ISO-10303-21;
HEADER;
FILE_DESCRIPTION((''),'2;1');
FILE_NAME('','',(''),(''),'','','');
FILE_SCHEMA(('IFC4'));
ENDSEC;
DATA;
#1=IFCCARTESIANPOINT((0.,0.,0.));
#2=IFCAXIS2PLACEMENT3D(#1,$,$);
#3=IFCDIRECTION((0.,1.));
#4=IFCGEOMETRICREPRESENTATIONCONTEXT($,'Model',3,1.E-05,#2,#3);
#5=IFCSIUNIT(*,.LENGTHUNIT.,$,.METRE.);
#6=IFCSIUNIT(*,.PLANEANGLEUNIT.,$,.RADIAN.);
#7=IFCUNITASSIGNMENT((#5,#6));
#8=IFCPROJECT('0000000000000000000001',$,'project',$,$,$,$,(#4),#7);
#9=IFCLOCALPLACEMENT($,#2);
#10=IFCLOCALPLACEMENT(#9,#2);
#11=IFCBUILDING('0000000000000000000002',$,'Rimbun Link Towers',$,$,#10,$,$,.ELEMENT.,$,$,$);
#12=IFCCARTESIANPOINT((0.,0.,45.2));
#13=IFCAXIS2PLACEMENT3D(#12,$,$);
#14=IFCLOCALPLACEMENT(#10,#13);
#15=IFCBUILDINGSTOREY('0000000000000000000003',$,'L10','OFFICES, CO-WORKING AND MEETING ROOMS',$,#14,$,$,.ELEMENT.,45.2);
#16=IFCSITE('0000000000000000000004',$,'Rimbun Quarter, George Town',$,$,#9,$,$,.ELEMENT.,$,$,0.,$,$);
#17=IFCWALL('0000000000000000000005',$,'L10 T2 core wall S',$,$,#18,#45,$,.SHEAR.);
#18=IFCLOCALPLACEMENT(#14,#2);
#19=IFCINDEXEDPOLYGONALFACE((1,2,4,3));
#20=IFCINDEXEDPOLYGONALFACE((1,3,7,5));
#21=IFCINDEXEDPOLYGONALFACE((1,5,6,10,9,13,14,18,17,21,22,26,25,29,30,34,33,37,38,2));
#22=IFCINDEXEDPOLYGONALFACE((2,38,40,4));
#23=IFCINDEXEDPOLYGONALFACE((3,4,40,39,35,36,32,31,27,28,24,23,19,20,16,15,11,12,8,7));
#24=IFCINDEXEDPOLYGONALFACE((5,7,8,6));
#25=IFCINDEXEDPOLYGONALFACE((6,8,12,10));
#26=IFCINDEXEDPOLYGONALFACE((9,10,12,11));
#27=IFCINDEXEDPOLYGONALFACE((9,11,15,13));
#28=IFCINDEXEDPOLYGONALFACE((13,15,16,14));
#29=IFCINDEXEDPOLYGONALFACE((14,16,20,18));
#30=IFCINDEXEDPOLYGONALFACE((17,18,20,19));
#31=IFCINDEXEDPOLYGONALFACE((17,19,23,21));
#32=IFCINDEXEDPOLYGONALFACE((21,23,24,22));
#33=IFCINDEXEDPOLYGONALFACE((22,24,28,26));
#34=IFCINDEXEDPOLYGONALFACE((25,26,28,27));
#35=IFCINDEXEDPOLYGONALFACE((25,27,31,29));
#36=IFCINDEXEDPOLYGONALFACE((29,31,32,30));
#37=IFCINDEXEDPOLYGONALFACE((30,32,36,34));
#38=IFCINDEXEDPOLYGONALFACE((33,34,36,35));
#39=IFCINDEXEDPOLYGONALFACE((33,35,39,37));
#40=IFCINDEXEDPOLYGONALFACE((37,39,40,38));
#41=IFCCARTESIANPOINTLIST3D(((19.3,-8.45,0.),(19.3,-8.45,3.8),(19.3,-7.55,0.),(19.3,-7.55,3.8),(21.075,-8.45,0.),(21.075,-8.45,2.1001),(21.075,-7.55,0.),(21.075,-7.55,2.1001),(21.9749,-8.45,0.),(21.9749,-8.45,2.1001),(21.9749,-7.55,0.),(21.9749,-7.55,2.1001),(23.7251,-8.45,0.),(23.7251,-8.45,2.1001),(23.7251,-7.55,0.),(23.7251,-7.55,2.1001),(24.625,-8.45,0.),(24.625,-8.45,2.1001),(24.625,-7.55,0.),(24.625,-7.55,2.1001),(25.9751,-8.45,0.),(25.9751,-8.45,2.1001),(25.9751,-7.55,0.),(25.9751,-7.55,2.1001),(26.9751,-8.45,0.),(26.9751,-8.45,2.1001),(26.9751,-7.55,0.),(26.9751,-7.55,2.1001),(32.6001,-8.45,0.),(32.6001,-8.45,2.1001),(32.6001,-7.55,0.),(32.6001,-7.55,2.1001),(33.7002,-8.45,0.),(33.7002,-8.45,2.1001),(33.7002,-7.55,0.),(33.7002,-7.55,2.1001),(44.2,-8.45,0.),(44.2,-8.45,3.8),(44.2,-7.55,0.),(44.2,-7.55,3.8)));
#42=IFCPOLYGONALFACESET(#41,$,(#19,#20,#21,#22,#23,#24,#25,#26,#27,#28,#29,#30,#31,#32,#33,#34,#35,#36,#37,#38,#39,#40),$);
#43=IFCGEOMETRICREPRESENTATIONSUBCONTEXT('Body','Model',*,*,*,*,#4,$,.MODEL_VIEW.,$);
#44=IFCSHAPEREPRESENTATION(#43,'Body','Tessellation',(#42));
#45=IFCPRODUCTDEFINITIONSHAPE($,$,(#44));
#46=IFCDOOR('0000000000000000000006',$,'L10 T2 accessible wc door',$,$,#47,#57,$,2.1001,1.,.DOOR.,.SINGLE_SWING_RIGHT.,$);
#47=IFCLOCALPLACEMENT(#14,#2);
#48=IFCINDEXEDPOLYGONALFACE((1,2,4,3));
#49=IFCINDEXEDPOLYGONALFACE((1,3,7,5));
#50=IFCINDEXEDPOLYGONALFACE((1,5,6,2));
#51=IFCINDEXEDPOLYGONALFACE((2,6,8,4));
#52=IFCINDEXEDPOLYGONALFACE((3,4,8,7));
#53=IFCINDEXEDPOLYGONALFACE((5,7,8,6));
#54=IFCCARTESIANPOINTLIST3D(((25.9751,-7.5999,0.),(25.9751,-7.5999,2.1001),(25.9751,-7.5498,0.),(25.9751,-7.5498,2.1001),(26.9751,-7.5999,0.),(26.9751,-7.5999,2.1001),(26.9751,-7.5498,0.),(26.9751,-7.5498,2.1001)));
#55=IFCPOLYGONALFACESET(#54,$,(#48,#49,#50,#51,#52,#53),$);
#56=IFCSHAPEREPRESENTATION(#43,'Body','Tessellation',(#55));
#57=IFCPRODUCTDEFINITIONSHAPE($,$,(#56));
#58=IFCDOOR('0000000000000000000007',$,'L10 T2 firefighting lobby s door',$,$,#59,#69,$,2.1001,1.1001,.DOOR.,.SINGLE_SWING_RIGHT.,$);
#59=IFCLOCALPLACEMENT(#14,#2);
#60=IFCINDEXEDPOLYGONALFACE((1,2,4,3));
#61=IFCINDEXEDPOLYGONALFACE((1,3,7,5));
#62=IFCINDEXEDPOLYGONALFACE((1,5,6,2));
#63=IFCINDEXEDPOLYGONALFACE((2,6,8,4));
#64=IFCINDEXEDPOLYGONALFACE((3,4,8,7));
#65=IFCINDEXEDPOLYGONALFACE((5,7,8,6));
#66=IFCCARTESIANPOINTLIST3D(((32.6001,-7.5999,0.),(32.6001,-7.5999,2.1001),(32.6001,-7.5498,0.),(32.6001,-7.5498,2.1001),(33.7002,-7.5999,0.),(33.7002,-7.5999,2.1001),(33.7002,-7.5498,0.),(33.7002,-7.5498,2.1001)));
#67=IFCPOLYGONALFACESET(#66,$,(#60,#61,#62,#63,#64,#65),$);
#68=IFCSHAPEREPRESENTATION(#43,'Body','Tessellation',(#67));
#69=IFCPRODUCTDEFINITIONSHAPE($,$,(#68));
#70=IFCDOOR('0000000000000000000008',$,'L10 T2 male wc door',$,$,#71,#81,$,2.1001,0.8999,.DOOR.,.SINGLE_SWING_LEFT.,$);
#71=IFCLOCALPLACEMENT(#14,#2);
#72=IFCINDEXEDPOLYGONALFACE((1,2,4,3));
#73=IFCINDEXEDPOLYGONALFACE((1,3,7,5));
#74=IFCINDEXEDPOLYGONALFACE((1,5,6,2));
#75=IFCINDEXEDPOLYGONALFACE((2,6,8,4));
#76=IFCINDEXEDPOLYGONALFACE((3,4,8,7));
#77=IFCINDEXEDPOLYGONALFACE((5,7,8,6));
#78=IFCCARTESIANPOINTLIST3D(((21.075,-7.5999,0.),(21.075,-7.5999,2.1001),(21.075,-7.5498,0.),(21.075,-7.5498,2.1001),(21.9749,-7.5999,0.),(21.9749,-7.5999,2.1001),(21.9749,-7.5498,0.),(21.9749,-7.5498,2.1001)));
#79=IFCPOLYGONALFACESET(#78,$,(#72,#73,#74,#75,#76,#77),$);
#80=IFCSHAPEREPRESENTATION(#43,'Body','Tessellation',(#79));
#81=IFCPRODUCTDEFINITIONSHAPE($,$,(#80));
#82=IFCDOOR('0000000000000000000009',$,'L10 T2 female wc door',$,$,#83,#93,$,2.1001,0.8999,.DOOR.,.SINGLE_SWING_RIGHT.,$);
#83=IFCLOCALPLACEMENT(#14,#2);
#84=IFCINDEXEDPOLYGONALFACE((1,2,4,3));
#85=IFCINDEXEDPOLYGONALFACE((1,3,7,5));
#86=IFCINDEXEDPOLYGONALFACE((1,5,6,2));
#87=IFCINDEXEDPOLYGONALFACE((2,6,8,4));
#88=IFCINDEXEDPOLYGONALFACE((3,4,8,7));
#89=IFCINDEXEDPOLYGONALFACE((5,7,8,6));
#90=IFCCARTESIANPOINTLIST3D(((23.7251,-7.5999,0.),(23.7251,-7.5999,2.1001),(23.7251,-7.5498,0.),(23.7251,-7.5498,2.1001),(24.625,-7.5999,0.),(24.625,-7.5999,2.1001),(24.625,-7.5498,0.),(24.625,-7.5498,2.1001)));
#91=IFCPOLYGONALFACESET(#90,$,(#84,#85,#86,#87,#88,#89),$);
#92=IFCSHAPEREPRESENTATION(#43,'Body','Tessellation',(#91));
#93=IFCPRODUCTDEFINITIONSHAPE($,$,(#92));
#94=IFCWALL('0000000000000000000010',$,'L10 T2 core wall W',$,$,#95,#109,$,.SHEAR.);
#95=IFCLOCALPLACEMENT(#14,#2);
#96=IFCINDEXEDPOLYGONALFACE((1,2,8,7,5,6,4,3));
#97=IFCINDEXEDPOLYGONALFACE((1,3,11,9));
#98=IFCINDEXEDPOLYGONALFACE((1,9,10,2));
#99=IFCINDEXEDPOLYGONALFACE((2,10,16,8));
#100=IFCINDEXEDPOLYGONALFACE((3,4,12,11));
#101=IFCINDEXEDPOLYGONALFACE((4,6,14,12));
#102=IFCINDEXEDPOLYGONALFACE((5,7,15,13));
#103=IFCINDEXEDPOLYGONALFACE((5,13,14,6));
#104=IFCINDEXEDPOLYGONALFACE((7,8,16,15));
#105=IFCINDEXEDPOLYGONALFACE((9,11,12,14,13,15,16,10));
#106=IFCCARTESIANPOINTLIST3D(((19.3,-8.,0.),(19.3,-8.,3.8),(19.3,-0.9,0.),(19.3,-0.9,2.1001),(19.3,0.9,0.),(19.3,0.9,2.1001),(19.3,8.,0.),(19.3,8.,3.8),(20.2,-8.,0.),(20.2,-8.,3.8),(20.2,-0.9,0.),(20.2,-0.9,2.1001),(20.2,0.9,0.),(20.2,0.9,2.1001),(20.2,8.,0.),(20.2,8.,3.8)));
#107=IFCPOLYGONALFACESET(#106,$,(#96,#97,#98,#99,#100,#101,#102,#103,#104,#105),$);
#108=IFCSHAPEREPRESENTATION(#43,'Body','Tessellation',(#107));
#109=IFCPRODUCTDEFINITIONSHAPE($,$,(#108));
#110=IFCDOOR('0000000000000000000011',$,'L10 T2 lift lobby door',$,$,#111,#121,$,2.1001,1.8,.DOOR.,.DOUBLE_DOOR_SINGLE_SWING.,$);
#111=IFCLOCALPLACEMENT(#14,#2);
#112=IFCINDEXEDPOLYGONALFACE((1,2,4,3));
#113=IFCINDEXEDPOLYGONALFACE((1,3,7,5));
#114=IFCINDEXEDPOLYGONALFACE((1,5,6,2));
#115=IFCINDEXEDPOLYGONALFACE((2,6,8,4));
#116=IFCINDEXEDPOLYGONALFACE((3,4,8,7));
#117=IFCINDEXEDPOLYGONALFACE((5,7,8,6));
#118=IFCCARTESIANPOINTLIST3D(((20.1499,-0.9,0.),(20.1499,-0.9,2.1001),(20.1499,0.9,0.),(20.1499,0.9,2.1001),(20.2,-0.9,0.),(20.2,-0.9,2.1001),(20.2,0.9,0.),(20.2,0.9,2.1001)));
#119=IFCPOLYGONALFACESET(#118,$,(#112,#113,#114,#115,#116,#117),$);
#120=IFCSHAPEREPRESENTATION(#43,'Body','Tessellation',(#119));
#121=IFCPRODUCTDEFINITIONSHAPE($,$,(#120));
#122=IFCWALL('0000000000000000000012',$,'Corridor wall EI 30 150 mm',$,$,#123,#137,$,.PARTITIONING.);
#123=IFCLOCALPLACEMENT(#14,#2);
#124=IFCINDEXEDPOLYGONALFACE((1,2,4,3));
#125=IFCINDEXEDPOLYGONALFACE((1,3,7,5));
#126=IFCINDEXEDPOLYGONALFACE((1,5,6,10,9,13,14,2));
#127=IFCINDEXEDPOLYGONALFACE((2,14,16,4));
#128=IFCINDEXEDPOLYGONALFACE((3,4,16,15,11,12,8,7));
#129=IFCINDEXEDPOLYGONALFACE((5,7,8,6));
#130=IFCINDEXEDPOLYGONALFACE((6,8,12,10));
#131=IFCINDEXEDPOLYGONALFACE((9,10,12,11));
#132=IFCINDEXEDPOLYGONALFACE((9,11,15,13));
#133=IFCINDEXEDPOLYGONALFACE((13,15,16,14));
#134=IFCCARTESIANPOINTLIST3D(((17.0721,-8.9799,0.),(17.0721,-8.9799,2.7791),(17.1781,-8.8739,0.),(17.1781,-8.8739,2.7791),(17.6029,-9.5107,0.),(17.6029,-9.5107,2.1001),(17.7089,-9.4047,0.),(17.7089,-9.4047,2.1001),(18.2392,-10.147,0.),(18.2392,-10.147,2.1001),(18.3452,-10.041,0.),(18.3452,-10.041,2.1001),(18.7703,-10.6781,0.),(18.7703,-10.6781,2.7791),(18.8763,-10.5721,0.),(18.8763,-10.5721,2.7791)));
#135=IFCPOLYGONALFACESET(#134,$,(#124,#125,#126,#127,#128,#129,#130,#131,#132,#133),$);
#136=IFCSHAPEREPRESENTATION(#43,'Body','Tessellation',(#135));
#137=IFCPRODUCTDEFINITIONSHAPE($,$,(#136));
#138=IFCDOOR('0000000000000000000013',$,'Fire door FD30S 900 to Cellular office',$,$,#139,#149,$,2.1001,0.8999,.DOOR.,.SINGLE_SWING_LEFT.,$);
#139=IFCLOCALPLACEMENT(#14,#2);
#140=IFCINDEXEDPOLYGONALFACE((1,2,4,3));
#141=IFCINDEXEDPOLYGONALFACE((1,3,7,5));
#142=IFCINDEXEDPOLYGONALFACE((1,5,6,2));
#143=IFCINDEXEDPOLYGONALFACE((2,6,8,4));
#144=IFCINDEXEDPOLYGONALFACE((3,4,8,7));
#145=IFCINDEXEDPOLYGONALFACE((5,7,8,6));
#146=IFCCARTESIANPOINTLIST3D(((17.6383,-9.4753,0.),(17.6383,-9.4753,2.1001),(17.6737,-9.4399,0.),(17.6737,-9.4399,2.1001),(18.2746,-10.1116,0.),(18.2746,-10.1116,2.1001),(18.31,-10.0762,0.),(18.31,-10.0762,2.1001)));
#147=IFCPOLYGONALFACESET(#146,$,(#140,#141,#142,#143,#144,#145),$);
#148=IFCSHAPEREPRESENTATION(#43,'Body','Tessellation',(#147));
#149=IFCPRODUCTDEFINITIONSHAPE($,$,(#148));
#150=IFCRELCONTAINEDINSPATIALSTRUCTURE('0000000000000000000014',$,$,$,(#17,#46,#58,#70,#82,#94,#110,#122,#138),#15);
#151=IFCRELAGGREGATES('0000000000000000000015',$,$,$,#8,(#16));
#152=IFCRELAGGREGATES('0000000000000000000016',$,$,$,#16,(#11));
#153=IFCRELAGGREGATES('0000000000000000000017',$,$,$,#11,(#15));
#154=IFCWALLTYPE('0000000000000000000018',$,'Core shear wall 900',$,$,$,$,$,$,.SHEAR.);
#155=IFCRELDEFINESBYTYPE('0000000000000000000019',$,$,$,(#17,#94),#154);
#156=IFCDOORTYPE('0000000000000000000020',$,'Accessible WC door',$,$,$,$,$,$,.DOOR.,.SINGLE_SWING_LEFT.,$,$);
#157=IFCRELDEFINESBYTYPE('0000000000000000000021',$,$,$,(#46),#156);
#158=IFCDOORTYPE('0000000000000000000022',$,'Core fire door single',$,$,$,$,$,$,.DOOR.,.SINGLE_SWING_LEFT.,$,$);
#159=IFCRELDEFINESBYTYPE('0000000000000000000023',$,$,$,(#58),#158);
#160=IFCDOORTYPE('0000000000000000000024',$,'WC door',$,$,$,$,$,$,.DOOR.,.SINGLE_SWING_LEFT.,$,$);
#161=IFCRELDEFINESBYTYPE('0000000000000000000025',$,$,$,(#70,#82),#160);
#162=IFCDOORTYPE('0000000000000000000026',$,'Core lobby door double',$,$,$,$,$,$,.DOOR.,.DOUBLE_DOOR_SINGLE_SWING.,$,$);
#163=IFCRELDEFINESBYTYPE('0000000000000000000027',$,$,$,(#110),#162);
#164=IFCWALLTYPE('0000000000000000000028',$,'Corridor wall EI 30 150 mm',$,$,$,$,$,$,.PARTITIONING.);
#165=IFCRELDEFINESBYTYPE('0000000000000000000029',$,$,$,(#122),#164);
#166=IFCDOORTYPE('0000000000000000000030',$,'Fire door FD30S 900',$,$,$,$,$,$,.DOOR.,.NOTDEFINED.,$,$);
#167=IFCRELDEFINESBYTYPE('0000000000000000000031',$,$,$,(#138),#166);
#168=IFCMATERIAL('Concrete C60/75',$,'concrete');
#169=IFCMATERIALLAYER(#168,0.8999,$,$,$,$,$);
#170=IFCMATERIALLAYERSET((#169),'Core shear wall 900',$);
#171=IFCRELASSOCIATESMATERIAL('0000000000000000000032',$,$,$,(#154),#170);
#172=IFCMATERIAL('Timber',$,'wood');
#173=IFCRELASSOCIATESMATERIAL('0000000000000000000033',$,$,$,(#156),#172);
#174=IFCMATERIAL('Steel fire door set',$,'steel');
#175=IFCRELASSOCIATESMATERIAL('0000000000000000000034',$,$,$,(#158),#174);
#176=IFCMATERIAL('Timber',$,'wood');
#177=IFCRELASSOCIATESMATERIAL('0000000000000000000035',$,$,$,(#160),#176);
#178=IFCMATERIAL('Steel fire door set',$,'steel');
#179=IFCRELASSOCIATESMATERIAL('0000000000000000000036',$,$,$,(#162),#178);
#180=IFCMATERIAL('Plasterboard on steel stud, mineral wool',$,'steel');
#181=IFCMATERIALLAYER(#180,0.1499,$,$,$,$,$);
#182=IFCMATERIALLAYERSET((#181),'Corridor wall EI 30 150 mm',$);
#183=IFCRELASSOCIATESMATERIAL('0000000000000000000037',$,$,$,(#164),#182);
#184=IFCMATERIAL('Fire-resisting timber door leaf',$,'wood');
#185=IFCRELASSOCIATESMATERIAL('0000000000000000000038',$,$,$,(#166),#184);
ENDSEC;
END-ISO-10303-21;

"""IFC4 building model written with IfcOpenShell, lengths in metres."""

from ifc_helpers import new_model, si_unit, direction, frame, frame_2d, origin, place, context, subcontext, project, spatial, rectangle, extrude, material, layer, layer_set, type_object, element, fill, save


model = new_model("IFC4")

# Units and contexts
model_context = context("Model", 3, precision=1e-05, world=origin(), true_north=direction((0.0, 1.0)))
body_context = subcontext(model_context, "Body", "Model", "MODEL_VIEW")
ifc_project = project(units=[si_unit("LENGTHUNIT", "METRE"), si_unit("PLANEANGLEUNIT", "RADIAN")], contexts=[model_context])

# Site, building, storey
site_placement = place(None, origin())
site = spatial("IfcSite", under=ifc_project, at=site_placement, Name="Rimbun Quarter, George Town", CompositionType="ELEMENT", RefElevation=0.0)
building_placement = place(site_placement, origin())
building = spatial("IfcBuilding", under=site, at=building_placement, Name="Rimbun Link Towers", CompositionType="ELEMENT")
storey_placement = place(building_placement, frame((0.0, 0.0, 45.2)))
storey = spatial("IfcBuildingStorey", under=building, at=storey_placement, Name="L10", Description="OFFICES, CO-WORKING AND MEETING ROOMS", CompositionType="ELEMENT", Elevation=45.2)

# Wall, openings, doors
ifc_material_1 = material(Name="Concrete C60/75", Category="concrete")
ifc_layer_1 = layer(ifc_material_1, 0.8999)
ifc_layer_set_1 = layer_set([ifc_layer_1], Name="Core shear wall 900")
wall_type_1 = type_object("IfcWallType", Name="Core shear wall 900", PredefinedType="SHEAR", material=ifc_layer_set_1)
wall_1_placement = place(storey_placement, frame((19.3, -8.0, 0.0), z_axis=(0.0, 0.0, 1.0), x_axis=(1.0, 0.0, 0.0)))
wall_1 = element("IfcWall", 1, at=wall_1_placement, inside=storey, type_object=wall_type_1, Name="L10 T2 core wall S", PredefinedType="SHEAR", context=body_context, shape_type="SweptSolid", body=[
    extrude(rectangle(XDim=24.8999, YDim=0.8999, at=frame_2d((12.45, 0.0))), origin(), (0.0, 0.0, 1.0), 3.8),
])
opening_1_placement = place(wall_1_placement, frame((13.3, 0.0, 0.0)))
opening_1 = element("IfcOpeningElement", 2, at=opening_1_placement, cuts=wall_1, PredefinedType="OPENING", context=body_context, shape_type="SweptSolid", body=[
    extrude(rectangle(XDim=1.1001, YDim=2.1001, at=frame_2d((0.55, 1.05))), frame((0.0, 0.46, 0.0), z_axis=(0.0, -1.0, 0.0), x_axis=(1.0, 0.0, 0.0)), (0.0, 0.0, 1.0), 0.9199),
])
opening_2_placement = place(wall_1_placement, frame((1.7749, 0.0, 0.0)))
opening_2 = element("IfcOpeningElement", 3, at=opening_2_placement, cuts=wall_1, PredefinedType="OPENING", context=body_context, shape_type="SweptSolid", body=[
    extrude(rectangle(XDim=0.8999, YDim=2.1001, at=frame_2d((0.45, 1.05))), frame((0.0, 0.46, 0.0), z_axis=(0.0, -1.0, 0.0), x_axis=(1.0, 0.0, 0.0)), (0.0, 0.0, 1.0), 0.9199),
])
opening_3_placement = place(wall_1_placement, frame((4.425, 0.0, 0.0)))
opening_3 = element("IfcOpeningElement", 4, at=opening_3_placement, cuts=wall_1, PredefinedType="OPENING", context=body_context, shape_type="SweptSolid", body=[
    extrude(rectangle(XDim=0.8999, YDim=2.1001, at=frame_2d((0.45, 1.05))), frame((0.0, 0.46, 0.0), z_axis=(0.0, -1.0, 0.0), x_axis=(1.0, 0.0, 0.0)), (0.0, 0.0, 1.0), 0.9199),
])
opening_4_placement = place(wall_1_placement, frame((6.675, 0.0, 0.0)))
opening_4 = element("IfcOpeningElement", 5, at=opening_4_placement, cuts=wall_1, PredefinedType="OPENING", context=body_context, shape_type="SweptSolid", body=[
    extrude(rectangle(XDim=1.0, YDim=2.1001, at=frame_2d((0.5, 1.05))), frame((0.0, 0.46, 0.0), z_axis=(0.0, -1.0, 0.0), x_axis=(1.0, 0.0, 0.0)), (0.0, 0.0, 1.0), 0.9199),
])
ifc_material_2 = material(Name="Timber", Category="wood")
door_type_1 = type_object("IfcDoorType", Name="Accessible WC door", OperationType="SINGLE_SWING_LEFT", PredefinedType="DOOR", material=ifc_material_2)
door_1_placement = place(opening_4_placement, origin())
door_1 = element("IfcDoor", 6, at=door_1_placement, inside=storey, type_object=door_type_1, Name="L10 T2 accessible wc door", OperationType="SINGLE_SWING_RIGHT", OverallHeight=2.1001, OverallWidth=1.0, PredefinedType="DOOR", context=body_context, shape_type="SweptSolid", body=[
    extrude(rectangle(XDim=1.0, YDim=2.1001, at=frame_2d((0.5, 1.05))), frame((0.0, 0.4502, 0.0), z_axis=(0.0, -1.0, 0.0), x_axis=(1.0, 0.0, 0.0)), (0.0, 0.0, 1.0), 0.05),
])
fill(opening_4, door_1)
ifc_material_3 = material(Name="Steel fire door set", Category="steel")
door_type_2 = type_object("IfcDoorType", Name="Core fire door single", OperationType="SINGLE_SWING_LEFT", PredefinedType="DOOR", material=ifc_material_3)
door_2_placement = place(opening_1_placement, origin())
door_2 = element("IfcDoor", 7, at=door_2_placement, inside=storey, type_object=door_type_2, Name="L10 T2 firefighting lobby s door", OperationType="SINGLE_SWING_RIGHT", OverallHeight=2.1001, OverallWidth=1.1001, PredefinedType="DOOR", context=body_context, shape_type="SweptSolid", body=[
    extrude(rectangle(XDim=1.1001, YDim=2.1001, at=frame_2d((0.55, 1.05))), frame((0.0, 0.4502, 0.0), z_axis=(0.0, -1.0, 0.0), x_axis=(1.0, 0.0, 0.0)), (0.0, 0.0, 1.0), 0.05),
])
fill(opening_1, door_2)
ifc_material_4 = material(Name="Timber", Category="wood")
door_type_3 = type_object("IfcDoorType", Name="WC door", OperationType="SINGLE_SWING_LEFT", PredefinedType="DOOR", material=ifc_material_4)
door_3_placement = place(opening_2_placement, origin())
door_3 = element("IfcDoor", 8, at=door_3_placement, inside=storey, type_object=door_type_3, Name="L10 T2 male wc door", OperationType="SINGLE_SWING_LEFT", OverallHeight=2.1001, OverallWidth=0.8999, PredefinedType="DOOR", context=body_context, shape_type="SweptSolid", body=[
    extrude(rectangle(XDim=0.8999, YDim=2.1001, at=frame_2d((0.45, 1.05))), frame((0.0, 0.4502, 0.0), z_axis=(0.0, -1.0, 0.0), x_axis=(1.0, 0.0, 0.0)), (0.0, 0.0, 1.0), 0.05),
])
fill(opening_2, door_3)
door_4_placement = place(opening_3_placement, origin())
door_4 = element("IfcDoor", 9, at=door_4_placement, inside=storey, type_object=door_type_3, Name="L10 T2 female wc door", OperationType="SINGLE_SWING_RIGHT", OverallHeight=2.1001, OverallWidth=0.8999, PredefinedType="DOOR", context=body_context, shape_type="SweptSolid", body=[
    extrude(rectangle(XDim=0.8999, YDim=2.1001, at=frame_2d((0.45, 1.05))), frame((0.0, 0.4502, 0.0), z_axis=(0.0, -1.0, 0.0), x_axis=(1.0, 0.0, 0.0)), (0.0, 0.0, 1.0), 0.05),
])
fill(opening_3, door_4)

# Walls, openings, doors
wall_2_placement = place(storey_placement, frame((19.75, -8.0, 0.0), z_axis=(0.0, 0.0, 1.0), x_axis=(0.0, 1.0, 0.0)))
wall_2 = element("IfcWall", 10, at=wall_2_placement, inside=storey, type_object=wall_type_1, Name="L10 T2 core wall W", PredefinedType="SHEAR", context=body_context, shape_type="SweptSolid", body=[
    extrude(rectangle(XDim=16.0, YDim=0.8999, at=frame_2d((8.0, 0.0))), origin(), (0.0, 0.0, 1.0), 3.8),
])
opening_5_placement = place(wall_2_placement, frame((7.1001, 0.0, 0.0)))
opening_5 = element("IfcOpeningElement", 11, at=opening_5_placement, cuts=wall_2, PredefinedType="OPENING", context=body_context, shape_type="SweptSolid", body=[
    extrude(rectangle(XDim=1.8, YDim=2.1001, at=frame_2d((0.8999, 1.05))), frame((0.0, 0.46, 0.0), z_axis=(0.0, -1.0, 0.0), x_axis=(1.0, 0.0, 0.0)), (0.0, 0.0, 1.0), 0.9199),
])
ifc_material_5 = material(Name="Steel fire door set", Category="steel")
door_type_4 = type_object("IfcDoorType", Name="Core lobby door double", OperationType="DOUBLE_DOOR_SINGLE_SWING", PredefinedType="DOOR", material=ifc_material_5)
door_5_placement = place(opening_5_placement, origin())
door_5 = element("IfcDoor", 12, at=door_5_placement, inside=storey, type_object=door_type_4, Name="L10 T2 lift lobby door", OperationType="DOUBLE_DOOR_SINGLE_SWING", OverallHeight=2.1001, OverallWidth=1.8, PredefinedType="DOOR", context=body_context, shape_type="SweptSolid", body=[
    extrude(rectangle(XDim=1.8, YDim=2.1001, at=frame_2d((0.8999, 1.05))), frame((0.0, -0.3999, 0.0), z_axis=(0.0, -1.0, 0.0), x_axis=(1.0, 0.0, 0.0)), (0.0, 0.0, 1.0), 0.05),
])
fill(opening_5, door_5)
ifc_material_6 = material(Name="Plasterboard on steel stud, mineral wool", Category="steel")
ifc_layer_2 = layer(ifc_material_6, 0.1499)
ifc_layer_set_2 = layer_set([ifc_layer_2], Name="Corridor wall EI 30 150 mm")
wall_type_2 = type_object("IfcWallType", Name="Corridor wall EI 30 150 mm", PredefinedType="PARTITIONING", material=ifc_layer_set_2)
wall_3_placement = place(storey_placement, frame((18.8232, -10.625, 0.0), z_axis=(0.0, 0.0, 1.0), x_axis=(-0.707107, 0.707107, 0.0)))
wall_3 = element("IfcWall", 13, at=wall_3_placement, inside=storey, type_object=wall_type_2, Name="Corridor wall EI 30 150 mm", PredefinedType="PARTITIONING", context=body_context, shape_type="SweptSolid", body=[
    extrude(rectangle(XDim=2.4016, YDim=0.1499, at=frame_2d((1.2007, 0.0))), origin(), (0.0, 0.0, 1.0), 2.7791),
])
opening_6_placement = place(wall_3_placement, frame((0.751, 0.0, 0.0)))
opening_6 = element("IfcOpeningElement", 14, at=opening_6_placement, cuts=wall_3, PredefinedType="OPENING", context=body_context, shape_type="SweptSolid", body=[
    extrude(rectangle(XDim=0.8999, YDim=2.1001, at=frame_2d((0.45, 1.05))), frame((0.0, 0.085, 0.0), z_axis=(0.0, -1.0, 0.0), x_axis=(1.0, 0.0, 0.0)), (0.0, 0.0, 1.0), 0.1699),
])
ifc_material_7 = material(Name="Fire-resisting timber door leaf", Category="wood")
door_type_5 = type_object("IfcDoorType", Name="Fire door FD30S 900", OperationType="NOTDEFINED", PredefinedType="DOOR", material=ifc_material_7)
door_6_placement = place(opening_6_placement, origin())
door_6 = element("IfcDoor", 15, at=door_6_placement, inside=storey, type_object=door_type_5, Name="Fire door FD30S 900 to Cellular office", OperationType="SINGLE_SWING_LEFT", OverallHeight=2.1001, OverallWidth=0.8999, PredefinedType="DOOR", context=body_context, shape_type="SweptSolid", body=[
    extrude(rectangle(XDim=0.8999, YDim=2.1001, at=frame_2d((0.45, 1.05))), frame((0.0, 0.0249, 0.0), z_axis=(0.0, -1.0, 0.0), x_axis=(1.0, 0.0, 0.0)), (0.0, 0.0, 1.0), 0.05),
])
fill(opening_6, door_6)

save(model, "model.ifc")
